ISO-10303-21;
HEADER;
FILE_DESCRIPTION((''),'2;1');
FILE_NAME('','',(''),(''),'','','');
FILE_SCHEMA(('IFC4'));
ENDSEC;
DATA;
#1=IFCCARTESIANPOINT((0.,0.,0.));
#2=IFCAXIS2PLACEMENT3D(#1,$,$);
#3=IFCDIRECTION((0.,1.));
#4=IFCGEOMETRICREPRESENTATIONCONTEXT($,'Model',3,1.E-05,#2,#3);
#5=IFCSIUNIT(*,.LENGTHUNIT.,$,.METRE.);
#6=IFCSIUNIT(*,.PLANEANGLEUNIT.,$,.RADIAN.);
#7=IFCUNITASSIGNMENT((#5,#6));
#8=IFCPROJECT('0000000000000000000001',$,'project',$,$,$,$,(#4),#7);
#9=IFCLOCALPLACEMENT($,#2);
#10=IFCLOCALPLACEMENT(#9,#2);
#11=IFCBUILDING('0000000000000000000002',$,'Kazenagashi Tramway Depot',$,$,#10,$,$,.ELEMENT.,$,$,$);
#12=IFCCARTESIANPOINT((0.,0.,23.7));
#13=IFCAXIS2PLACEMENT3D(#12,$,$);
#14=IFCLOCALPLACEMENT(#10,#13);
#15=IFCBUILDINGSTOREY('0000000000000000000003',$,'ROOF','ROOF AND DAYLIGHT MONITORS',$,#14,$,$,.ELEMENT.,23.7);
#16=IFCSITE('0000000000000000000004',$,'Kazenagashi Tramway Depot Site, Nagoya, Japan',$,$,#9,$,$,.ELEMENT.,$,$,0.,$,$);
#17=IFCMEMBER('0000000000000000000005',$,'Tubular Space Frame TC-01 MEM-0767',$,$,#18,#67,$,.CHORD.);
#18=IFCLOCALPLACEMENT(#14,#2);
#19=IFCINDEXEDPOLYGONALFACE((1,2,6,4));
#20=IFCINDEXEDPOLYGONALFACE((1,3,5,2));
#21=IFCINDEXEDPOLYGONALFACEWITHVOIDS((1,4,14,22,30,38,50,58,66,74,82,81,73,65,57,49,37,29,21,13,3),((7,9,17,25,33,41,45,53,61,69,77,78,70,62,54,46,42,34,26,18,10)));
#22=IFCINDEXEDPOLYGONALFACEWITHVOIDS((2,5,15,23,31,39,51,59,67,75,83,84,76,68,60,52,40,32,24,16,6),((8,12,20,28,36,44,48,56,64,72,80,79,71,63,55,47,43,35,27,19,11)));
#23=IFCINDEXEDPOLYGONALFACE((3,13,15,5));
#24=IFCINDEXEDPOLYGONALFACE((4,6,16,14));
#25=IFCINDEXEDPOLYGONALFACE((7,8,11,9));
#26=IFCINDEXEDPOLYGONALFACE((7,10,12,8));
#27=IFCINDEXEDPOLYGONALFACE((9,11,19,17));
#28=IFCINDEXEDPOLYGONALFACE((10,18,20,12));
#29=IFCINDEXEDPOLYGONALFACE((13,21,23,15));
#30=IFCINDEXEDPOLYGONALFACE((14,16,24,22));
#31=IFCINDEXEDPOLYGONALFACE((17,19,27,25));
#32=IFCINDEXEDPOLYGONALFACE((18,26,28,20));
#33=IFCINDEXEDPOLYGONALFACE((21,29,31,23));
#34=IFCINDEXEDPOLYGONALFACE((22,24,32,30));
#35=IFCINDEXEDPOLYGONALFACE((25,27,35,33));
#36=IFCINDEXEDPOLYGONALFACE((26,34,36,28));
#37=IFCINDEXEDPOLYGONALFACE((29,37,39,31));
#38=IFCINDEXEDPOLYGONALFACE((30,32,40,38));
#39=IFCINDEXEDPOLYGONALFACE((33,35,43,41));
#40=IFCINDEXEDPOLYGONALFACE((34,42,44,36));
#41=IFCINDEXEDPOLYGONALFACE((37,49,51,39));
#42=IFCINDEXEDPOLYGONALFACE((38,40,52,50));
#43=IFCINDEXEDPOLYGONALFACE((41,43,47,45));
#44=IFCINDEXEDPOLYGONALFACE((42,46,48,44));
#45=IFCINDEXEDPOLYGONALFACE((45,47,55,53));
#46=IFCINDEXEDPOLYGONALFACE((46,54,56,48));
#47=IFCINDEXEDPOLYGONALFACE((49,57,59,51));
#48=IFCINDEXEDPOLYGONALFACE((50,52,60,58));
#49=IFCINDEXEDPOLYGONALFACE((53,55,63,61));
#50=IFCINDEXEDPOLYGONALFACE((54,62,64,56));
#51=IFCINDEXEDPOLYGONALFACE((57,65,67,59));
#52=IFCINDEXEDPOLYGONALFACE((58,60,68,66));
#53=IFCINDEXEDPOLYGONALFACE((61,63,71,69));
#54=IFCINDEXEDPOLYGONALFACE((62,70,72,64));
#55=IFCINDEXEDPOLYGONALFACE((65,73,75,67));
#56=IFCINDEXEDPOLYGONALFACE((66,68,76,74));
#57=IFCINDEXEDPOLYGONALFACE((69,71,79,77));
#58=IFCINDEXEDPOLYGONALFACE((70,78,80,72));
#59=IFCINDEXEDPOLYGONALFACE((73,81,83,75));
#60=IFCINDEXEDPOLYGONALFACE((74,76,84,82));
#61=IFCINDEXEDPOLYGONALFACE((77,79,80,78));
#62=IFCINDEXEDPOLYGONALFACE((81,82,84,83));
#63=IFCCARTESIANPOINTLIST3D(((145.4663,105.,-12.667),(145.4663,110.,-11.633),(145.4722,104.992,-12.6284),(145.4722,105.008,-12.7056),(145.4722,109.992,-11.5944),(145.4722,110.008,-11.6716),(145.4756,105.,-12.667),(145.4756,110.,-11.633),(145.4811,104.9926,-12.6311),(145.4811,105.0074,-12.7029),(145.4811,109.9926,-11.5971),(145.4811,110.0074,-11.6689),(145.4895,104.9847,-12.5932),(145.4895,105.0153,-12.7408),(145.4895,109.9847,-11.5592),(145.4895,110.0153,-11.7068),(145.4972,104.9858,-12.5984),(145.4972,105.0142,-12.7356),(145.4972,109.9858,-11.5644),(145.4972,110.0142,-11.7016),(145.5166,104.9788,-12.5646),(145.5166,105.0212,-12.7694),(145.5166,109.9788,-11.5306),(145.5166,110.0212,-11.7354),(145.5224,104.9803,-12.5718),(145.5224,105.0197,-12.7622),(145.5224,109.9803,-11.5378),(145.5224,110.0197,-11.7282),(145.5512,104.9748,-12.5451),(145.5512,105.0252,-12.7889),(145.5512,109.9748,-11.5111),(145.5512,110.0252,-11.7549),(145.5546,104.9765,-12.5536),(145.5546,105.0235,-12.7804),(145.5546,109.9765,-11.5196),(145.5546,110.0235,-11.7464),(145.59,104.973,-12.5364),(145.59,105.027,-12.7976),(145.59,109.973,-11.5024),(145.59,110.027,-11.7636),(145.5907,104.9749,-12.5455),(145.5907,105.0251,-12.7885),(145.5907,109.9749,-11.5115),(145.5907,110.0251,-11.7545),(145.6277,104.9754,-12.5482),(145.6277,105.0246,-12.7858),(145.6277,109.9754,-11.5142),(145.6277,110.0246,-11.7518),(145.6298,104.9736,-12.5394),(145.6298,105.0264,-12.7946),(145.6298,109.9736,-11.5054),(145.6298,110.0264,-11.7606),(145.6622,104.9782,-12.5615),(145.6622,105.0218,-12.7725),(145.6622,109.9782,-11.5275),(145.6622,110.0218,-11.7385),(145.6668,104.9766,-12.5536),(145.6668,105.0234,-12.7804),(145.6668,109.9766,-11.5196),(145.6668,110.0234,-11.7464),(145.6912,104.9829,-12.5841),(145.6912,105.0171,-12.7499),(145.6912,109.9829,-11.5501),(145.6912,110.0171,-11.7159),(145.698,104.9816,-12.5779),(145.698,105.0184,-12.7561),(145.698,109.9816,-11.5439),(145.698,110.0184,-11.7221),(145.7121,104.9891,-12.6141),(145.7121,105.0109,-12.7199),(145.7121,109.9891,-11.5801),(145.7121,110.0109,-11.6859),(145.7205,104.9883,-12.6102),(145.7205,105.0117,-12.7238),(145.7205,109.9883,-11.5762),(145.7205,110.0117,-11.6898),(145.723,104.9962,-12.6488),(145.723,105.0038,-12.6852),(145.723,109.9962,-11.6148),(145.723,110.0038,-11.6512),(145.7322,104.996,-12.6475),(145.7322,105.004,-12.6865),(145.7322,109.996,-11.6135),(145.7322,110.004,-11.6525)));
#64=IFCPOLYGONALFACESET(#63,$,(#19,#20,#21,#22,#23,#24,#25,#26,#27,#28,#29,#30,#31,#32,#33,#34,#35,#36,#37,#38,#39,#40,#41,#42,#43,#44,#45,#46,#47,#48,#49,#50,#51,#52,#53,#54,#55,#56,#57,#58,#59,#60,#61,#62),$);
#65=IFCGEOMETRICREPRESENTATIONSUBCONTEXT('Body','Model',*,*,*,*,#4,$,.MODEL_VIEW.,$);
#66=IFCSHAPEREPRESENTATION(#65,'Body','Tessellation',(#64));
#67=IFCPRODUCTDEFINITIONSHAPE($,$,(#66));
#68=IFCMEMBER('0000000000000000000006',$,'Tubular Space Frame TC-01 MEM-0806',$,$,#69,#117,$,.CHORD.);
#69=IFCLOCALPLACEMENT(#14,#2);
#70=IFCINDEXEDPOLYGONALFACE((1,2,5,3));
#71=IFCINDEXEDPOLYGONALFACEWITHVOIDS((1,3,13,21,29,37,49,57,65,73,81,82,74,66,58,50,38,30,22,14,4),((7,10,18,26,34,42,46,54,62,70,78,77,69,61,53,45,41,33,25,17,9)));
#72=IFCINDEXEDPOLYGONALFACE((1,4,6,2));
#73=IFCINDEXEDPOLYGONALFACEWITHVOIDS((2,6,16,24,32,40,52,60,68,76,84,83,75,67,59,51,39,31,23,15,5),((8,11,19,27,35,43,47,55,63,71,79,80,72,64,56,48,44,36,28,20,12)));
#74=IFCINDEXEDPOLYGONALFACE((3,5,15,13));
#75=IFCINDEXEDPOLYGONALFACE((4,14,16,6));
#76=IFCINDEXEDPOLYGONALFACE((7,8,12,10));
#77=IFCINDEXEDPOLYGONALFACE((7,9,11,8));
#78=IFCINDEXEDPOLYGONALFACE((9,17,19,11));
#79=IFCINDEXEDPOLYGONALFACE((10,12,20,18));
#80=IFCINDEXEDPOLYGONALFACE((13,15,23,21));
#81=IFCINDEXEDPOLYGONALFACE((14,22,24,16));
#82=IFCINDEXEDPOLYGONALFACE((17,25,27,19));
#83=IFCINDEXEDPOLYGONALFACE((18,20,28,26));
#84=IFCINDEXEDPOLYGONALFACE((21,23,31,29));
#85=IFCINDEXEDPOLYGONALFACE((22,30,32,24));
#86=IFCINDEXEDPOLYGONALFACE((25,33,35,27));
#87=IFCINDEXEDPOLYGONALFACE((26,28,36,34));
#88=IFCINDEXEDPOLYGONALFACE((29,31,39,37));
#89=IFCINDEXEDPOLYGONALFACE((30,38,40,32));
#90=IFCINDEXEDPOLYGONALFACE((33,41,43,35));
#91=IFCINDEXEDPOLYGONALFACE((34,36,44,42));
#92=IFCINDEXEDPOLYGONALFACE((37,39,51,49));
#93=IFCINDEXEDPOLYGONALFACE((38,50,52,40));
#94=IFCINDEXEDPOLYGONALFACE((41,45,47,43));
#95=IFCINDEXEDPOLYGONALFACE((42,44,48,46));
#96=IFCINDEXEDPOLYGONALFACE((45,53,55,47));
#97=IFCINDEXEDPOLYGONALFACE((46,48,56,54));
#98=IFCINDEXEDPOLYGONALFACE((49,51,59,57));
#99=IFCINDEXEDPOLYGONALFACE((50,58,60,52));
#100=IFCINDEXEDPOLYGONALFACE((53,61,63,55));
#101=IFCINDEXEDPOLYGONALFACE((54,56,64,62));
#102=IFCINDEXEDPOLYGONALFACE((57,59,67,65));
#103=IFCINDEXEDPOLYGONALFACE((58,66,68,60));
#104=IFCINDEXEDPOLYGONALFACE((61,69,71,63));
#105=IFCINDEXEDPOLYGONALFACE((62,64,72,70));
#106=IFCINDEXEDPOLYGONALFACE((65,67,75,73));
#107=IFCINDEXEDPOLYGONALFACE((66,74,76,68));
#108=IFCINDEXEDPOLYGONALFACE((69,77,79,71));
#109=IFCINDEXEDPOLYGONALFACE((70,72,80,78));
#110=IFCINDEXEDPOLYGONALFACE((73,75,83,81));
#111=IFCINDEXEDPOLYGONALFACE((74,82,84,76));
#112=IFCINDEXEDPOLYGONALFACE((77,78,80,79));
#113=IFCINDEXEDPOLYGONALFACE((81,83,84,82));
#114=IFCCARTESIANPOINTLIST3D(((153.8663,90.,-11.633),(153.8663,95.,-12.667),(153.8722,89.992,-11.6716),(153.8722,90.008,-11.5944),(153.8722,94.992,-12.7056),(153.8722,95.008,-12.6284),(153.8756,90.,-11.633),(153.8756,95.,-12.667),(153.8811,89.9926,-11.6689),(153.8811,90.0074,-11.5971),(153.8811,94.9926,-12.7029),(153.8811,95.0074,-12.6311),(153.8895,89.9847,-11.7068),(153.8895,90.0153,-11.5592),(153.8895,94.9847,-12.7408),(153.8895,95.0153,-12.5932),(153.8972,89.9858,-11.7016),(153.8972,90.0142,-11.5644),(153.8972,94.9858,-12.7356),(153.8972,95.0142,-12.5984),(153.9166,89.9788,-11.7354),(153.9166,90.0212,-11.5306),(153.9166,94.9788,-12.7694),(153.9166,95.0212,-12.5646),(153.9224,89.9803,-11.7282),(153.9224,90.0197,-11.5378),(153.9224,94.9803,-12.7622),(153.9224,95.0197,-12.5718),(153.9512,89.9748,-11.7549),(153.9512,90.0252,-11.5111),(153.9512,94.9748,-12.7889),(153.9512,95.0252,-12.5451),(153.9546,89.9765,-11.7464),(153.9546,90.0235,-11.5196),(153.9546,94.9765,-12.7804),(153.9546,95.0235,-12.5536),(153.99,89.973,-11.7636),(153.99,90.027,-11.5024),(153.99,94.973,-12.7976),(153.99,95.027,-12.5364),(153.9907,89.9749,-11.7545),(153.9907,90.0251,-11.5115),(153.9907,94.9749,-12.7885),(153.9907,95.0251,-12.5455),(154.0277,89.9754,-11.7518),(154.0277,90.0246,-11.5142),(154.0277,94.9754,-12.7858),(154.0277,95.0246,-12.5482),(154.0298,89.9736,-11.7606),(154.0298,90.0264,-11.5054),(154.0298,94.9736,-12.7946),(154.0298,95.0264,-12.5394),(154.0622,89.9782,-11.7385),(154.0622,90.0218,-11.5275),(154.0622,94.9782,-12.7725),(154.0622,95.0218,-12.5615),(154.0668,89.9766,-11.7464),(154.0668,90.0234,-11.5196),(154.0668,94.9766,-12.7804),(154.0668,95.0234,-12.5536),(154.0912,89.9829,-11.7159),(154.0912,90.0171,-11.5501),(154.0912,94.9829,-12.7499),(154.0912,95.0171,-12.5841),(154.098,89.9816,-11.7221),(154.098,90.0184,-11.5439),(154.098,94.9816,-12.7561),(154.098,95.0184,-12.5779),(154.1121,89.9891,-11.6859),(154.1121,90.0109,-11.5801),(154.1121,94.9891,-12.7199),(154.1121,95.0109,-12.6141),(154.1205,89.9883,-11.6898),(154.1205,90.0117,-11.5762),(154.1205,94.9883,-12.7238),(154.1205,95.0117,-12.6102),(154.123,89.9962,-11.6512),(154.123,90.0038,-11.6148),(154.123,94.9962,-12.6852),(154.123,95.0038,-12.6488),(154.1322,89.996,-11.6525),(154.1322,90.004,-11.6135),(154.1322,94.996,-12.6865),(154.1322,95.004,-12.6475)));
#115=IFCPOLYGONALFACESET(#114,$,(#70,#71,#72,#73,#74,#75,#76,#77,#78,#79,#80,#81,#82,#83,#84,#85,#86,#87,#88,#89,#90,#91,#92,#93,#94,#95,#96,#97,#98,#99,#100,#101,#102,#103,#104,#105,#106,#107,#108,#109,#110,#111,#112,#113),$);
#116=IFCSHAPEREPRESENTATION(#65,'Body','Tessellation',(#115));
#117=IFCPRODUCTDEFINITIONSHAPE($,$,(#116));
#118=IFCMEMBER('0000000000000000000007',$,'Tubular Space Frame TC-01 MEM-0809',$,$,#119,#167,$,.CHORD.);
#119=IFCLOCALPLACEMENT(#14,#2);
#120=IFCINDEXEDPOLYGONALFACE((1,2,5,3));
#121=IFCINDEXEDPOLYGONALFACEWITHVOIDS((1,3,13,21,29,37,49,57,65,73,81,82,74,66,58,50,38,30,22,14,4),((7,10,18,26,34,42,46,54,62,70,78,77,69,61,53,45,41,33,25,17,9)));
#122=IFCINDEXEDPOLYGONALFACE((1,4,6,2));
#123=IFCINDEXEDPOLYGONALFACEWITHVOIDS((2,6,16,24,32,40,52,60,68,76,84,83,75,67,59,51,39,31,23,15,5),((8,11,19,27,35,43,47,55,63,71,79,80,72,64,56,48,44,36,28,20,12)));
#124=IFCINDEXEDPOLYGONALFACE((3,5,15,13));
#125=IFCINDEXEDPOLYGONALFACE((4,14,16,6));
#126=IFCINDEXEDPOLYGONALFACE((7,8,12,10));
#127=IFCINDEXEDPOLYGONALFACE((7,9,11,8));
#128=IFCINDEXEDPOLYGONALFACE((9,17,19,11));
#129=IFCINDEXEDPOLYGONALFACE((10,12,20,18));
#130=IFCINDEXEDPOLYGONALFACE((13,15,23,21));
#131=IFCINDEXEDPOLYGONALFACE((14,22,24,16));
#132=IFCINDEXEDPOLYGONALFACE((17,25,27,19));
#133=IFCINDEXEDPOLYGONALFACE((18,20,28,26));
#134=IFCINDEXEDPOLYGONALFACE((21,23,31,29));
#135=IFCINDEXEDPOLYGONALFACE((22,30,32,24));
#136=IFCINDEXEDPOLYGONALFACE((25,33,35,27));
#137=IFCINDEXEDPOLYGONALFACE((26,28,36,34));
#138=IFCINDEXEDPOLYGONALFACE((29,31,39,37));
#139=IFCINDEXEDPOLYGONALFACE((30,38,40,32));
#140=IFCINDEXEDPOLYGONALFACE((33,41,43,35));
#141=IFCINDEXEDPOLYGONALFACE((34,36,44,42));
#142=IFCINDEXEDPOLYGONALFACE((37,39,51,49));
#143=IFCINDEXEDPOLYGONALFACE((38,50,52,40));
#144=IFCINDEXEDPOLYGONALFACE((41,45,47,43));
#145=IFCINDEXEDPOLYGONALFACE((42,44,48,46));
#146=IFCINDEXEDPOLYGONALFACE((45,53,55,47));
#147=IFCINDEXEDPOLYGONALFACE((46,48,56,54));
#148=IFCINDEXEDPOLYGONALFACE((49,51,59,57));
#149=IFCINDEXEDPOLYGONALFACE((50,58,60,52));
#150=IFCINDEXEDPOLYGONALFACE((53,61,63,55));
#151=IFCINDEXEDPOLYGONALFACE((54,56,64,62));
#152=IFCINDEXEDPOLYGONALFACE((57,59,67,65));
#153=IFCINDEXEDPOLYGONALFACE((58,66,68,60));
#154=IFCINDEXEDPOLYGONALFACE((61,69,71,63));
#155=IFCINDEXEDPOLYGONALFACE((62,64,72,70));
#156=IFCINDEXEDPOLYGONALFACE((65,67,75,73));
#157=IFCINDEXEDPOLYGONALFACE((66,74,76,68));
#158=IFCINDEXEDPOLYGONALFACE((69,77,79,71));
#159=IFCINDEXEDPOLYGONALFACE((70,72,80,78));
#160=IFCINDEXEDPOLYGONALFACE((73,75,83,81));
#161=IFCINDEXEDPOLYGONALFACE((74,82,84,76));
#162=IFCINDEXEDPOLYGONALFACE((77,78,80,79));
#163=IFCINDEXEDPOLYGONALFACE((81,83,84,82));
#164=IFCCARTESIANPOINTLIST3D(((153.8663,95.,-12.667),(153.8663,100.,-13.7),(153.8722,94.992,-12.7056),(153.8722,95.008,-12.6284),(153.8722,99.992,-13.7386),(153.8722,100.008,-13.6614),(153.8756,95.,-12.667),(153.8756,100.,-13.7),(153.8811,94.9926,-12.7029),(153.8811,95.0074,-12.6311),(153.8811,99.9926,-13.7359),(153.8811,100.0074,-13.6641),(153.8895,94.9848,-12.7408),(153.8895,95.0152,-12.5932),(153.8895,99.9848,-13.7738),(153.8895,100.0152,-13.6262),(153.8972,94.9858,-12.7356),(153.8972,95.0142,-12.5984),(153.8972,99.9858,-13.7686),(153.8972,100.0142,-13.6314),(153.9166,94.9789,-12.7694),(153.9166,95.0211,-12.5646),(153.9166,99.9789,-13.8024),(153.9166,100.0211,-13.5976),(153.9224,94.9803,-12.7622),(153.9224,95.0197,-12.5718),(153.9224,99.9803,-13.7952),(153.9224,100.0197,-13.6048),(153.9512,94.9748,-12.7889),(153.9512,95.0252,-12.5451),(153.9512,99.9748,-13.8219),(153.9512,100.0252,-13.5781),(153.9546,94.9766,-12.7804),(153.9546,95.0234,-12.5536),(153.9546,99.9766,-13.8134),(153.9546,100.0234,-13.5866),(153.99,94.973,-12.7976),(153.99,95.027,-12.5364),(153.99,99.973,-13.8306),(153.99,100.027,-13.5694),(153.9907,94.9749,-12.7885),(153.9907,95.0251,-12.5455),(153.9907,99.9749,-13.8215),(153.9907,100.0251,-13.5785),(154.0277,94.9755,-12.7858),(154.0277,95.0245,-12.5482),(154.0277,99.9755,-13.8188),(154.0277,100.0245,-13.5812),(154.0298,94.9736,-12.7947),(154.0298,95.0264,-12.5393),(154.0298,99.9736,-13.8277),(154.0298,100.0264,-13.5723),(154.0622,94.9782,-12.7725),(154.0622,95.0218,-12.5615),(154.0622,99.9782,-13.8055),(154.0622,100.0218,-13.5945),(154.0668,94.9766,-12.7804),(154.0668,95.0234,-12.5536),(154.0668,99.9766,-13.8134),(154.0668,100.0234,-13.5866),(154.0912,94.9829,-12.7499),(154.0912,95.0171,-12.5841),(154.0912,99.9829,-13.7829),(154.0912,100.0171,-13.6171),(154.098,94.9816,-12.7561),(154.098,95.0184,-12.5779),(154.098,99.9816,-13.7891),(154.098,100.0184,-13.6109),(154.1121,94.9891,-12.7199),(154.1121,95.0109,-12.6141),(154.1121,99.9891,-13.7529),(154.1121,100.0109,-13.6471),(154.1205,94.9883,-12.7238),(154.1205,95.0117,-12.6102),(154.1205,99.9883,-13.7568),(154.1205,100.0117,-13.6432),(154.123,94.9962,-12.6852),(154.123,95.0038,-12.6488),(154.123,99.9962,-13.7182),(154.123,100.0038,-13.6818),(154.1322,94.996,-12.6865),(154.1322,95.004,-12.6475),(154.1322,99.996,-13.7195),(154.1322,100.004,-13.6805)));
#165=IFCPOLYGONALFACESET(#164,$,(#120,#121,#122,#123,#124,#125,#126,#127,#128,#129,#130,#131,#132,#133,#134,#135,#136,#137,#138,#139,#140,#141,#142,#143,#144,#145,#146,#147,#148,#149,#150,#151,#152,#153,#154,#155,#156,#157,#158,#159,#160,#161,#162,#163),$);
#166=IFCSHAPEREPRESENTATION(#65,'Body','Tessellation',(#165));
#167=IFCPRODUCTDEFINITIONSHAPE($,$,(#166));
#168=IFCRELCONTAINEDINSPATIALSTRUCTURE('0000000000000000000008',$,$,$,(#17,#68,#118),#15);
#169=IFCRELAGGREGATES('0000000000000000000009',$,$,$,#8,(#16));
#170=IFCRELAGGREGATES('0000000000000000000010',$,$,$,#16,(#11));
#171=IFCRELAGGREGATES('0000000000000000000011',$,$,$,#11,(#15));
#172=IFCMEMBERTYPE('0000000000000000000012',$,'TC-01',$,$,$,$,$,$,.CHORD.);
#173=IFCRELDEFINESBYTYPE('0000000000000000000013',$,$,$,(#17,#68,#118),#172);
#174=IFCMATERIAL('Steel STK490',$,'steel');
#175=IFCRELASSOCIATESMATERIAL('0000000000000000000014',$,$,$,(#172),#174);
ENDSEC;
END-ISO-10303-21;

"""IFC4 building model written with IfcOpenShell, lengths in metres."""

from ifc_helpers import new_model, si_unit, direction, frame, origin, origin_2d, place, context, subcontext, project, spatial, hollow_circle, extrude, material, material_profile, profile_set, type_object, element, save


model = new_model("IFC4")

# Units and contexts
model_context = context("Model", 3, precision=1e-05, world=origin(), true_north=direction((0.0, 1.0)))
body_context = subcontext(model_context, "Body", "Model", "MODEL_VIEW")
ifc_project = project(units=[si_unit("LENGTHUNIT", "METRE"), si_unit("PLANEANGLEUNIT", "RADIAN")], contexts=[model_context])

# Site, building, storey
site_placement = place(None, origin())
site = spatial("IfcSite", under=ifc_project, at=site_placement, Name="Kazenagashi Tramway Depot Site, Nagoya, Japan", CompositionType="ELEMENT", RefElevation=0.0)
building_placement = place(site_placement, origin())
building = spatial("IfcBuilding", under=site, at=building_placement, Name="Kazenagashi Tramway Depot", CompositionType="ELEMENT")
storey_placement = place(building_placement, frame((0.0, 0.0, 23.7)))
storey = spatial("IfcBuildingStorey", under=building, at=storey_placement, Name="ROOF", Description="ROOF AND DAYLIGHT MONITORS", CompositionType="ELEMENT", Elevation=23.7)

# Members
ifc_material_1 = material(Name="Steel STK490", Category="steel")
ifc_material_profile_1 = material_profile(ifc_material_1, hollow_circle(Radius=0.1337, WallThickness=0.0093, at=origin_2d()), Name="CHS-267.4x9.3")
ifc_profile_set_1 = profile_set([ifc_material_profile_1], Name="Steel STK490")
member_type_1 = type_object("IfcMemberType", Name="TC-01", PredefinedType="CHORD", material=ifc_profile_set_1)
for number, where, z_axis, x_axis, name in (
    (1, (145.6, 105.0, -12.667), (0.0, 0.979279, 0.202515), (-1.0, 0.0, 0.0), "Tubular Space Frame TC-01 MEM-0767"),
    (2, (154.0, 90.0, -11.633), (0.0, 0.979279, -0.202515), (-1.0, 0.0, 0.0), "Tubular Space Frame TC-01 MEM-0806"),
):
    element("IfcMember", number, at=place(storey_placement, frame(where, z_axis=z_axis, x_axis=x_axis)), inside=storey, type_object=member_type_1, Name=name, PredefinedType="CHORD", context=body_context, shape_type="SweptSolid", body=[
        extrude(hollow_circle(Radius=0.1337, WallThickness=0.0093, at=origin_2d()), origin(), (0.0, 0.0, 1.0), 5.1058),
    ])
for number, where, z_axis, x_axis, name in (
    (3, (154.0, 95.0, -12.667), (0.0, 0.979318, -0.202327), (-1.0, 0.0, 0.0), "Tubular Space Frame TC-01 MEM-0809"),
):
    element("IfcMember", number, at=place(storey_placement, frame(where, z_axis=z_axis, x_axis=x_axis)), inside=storey, type_object=member_type_1, Name=name, PredefinedType="CHORD", context=body_context, shape_type="SweptSolid", body=[
        extrude(hollow_circle(Radius=0.1337, WallThickness=0.0093, at=origin_2d()), origin(), (0.0, 0.0, 1.0), 5.1056),
    ])

save(model, "model.ifc")
